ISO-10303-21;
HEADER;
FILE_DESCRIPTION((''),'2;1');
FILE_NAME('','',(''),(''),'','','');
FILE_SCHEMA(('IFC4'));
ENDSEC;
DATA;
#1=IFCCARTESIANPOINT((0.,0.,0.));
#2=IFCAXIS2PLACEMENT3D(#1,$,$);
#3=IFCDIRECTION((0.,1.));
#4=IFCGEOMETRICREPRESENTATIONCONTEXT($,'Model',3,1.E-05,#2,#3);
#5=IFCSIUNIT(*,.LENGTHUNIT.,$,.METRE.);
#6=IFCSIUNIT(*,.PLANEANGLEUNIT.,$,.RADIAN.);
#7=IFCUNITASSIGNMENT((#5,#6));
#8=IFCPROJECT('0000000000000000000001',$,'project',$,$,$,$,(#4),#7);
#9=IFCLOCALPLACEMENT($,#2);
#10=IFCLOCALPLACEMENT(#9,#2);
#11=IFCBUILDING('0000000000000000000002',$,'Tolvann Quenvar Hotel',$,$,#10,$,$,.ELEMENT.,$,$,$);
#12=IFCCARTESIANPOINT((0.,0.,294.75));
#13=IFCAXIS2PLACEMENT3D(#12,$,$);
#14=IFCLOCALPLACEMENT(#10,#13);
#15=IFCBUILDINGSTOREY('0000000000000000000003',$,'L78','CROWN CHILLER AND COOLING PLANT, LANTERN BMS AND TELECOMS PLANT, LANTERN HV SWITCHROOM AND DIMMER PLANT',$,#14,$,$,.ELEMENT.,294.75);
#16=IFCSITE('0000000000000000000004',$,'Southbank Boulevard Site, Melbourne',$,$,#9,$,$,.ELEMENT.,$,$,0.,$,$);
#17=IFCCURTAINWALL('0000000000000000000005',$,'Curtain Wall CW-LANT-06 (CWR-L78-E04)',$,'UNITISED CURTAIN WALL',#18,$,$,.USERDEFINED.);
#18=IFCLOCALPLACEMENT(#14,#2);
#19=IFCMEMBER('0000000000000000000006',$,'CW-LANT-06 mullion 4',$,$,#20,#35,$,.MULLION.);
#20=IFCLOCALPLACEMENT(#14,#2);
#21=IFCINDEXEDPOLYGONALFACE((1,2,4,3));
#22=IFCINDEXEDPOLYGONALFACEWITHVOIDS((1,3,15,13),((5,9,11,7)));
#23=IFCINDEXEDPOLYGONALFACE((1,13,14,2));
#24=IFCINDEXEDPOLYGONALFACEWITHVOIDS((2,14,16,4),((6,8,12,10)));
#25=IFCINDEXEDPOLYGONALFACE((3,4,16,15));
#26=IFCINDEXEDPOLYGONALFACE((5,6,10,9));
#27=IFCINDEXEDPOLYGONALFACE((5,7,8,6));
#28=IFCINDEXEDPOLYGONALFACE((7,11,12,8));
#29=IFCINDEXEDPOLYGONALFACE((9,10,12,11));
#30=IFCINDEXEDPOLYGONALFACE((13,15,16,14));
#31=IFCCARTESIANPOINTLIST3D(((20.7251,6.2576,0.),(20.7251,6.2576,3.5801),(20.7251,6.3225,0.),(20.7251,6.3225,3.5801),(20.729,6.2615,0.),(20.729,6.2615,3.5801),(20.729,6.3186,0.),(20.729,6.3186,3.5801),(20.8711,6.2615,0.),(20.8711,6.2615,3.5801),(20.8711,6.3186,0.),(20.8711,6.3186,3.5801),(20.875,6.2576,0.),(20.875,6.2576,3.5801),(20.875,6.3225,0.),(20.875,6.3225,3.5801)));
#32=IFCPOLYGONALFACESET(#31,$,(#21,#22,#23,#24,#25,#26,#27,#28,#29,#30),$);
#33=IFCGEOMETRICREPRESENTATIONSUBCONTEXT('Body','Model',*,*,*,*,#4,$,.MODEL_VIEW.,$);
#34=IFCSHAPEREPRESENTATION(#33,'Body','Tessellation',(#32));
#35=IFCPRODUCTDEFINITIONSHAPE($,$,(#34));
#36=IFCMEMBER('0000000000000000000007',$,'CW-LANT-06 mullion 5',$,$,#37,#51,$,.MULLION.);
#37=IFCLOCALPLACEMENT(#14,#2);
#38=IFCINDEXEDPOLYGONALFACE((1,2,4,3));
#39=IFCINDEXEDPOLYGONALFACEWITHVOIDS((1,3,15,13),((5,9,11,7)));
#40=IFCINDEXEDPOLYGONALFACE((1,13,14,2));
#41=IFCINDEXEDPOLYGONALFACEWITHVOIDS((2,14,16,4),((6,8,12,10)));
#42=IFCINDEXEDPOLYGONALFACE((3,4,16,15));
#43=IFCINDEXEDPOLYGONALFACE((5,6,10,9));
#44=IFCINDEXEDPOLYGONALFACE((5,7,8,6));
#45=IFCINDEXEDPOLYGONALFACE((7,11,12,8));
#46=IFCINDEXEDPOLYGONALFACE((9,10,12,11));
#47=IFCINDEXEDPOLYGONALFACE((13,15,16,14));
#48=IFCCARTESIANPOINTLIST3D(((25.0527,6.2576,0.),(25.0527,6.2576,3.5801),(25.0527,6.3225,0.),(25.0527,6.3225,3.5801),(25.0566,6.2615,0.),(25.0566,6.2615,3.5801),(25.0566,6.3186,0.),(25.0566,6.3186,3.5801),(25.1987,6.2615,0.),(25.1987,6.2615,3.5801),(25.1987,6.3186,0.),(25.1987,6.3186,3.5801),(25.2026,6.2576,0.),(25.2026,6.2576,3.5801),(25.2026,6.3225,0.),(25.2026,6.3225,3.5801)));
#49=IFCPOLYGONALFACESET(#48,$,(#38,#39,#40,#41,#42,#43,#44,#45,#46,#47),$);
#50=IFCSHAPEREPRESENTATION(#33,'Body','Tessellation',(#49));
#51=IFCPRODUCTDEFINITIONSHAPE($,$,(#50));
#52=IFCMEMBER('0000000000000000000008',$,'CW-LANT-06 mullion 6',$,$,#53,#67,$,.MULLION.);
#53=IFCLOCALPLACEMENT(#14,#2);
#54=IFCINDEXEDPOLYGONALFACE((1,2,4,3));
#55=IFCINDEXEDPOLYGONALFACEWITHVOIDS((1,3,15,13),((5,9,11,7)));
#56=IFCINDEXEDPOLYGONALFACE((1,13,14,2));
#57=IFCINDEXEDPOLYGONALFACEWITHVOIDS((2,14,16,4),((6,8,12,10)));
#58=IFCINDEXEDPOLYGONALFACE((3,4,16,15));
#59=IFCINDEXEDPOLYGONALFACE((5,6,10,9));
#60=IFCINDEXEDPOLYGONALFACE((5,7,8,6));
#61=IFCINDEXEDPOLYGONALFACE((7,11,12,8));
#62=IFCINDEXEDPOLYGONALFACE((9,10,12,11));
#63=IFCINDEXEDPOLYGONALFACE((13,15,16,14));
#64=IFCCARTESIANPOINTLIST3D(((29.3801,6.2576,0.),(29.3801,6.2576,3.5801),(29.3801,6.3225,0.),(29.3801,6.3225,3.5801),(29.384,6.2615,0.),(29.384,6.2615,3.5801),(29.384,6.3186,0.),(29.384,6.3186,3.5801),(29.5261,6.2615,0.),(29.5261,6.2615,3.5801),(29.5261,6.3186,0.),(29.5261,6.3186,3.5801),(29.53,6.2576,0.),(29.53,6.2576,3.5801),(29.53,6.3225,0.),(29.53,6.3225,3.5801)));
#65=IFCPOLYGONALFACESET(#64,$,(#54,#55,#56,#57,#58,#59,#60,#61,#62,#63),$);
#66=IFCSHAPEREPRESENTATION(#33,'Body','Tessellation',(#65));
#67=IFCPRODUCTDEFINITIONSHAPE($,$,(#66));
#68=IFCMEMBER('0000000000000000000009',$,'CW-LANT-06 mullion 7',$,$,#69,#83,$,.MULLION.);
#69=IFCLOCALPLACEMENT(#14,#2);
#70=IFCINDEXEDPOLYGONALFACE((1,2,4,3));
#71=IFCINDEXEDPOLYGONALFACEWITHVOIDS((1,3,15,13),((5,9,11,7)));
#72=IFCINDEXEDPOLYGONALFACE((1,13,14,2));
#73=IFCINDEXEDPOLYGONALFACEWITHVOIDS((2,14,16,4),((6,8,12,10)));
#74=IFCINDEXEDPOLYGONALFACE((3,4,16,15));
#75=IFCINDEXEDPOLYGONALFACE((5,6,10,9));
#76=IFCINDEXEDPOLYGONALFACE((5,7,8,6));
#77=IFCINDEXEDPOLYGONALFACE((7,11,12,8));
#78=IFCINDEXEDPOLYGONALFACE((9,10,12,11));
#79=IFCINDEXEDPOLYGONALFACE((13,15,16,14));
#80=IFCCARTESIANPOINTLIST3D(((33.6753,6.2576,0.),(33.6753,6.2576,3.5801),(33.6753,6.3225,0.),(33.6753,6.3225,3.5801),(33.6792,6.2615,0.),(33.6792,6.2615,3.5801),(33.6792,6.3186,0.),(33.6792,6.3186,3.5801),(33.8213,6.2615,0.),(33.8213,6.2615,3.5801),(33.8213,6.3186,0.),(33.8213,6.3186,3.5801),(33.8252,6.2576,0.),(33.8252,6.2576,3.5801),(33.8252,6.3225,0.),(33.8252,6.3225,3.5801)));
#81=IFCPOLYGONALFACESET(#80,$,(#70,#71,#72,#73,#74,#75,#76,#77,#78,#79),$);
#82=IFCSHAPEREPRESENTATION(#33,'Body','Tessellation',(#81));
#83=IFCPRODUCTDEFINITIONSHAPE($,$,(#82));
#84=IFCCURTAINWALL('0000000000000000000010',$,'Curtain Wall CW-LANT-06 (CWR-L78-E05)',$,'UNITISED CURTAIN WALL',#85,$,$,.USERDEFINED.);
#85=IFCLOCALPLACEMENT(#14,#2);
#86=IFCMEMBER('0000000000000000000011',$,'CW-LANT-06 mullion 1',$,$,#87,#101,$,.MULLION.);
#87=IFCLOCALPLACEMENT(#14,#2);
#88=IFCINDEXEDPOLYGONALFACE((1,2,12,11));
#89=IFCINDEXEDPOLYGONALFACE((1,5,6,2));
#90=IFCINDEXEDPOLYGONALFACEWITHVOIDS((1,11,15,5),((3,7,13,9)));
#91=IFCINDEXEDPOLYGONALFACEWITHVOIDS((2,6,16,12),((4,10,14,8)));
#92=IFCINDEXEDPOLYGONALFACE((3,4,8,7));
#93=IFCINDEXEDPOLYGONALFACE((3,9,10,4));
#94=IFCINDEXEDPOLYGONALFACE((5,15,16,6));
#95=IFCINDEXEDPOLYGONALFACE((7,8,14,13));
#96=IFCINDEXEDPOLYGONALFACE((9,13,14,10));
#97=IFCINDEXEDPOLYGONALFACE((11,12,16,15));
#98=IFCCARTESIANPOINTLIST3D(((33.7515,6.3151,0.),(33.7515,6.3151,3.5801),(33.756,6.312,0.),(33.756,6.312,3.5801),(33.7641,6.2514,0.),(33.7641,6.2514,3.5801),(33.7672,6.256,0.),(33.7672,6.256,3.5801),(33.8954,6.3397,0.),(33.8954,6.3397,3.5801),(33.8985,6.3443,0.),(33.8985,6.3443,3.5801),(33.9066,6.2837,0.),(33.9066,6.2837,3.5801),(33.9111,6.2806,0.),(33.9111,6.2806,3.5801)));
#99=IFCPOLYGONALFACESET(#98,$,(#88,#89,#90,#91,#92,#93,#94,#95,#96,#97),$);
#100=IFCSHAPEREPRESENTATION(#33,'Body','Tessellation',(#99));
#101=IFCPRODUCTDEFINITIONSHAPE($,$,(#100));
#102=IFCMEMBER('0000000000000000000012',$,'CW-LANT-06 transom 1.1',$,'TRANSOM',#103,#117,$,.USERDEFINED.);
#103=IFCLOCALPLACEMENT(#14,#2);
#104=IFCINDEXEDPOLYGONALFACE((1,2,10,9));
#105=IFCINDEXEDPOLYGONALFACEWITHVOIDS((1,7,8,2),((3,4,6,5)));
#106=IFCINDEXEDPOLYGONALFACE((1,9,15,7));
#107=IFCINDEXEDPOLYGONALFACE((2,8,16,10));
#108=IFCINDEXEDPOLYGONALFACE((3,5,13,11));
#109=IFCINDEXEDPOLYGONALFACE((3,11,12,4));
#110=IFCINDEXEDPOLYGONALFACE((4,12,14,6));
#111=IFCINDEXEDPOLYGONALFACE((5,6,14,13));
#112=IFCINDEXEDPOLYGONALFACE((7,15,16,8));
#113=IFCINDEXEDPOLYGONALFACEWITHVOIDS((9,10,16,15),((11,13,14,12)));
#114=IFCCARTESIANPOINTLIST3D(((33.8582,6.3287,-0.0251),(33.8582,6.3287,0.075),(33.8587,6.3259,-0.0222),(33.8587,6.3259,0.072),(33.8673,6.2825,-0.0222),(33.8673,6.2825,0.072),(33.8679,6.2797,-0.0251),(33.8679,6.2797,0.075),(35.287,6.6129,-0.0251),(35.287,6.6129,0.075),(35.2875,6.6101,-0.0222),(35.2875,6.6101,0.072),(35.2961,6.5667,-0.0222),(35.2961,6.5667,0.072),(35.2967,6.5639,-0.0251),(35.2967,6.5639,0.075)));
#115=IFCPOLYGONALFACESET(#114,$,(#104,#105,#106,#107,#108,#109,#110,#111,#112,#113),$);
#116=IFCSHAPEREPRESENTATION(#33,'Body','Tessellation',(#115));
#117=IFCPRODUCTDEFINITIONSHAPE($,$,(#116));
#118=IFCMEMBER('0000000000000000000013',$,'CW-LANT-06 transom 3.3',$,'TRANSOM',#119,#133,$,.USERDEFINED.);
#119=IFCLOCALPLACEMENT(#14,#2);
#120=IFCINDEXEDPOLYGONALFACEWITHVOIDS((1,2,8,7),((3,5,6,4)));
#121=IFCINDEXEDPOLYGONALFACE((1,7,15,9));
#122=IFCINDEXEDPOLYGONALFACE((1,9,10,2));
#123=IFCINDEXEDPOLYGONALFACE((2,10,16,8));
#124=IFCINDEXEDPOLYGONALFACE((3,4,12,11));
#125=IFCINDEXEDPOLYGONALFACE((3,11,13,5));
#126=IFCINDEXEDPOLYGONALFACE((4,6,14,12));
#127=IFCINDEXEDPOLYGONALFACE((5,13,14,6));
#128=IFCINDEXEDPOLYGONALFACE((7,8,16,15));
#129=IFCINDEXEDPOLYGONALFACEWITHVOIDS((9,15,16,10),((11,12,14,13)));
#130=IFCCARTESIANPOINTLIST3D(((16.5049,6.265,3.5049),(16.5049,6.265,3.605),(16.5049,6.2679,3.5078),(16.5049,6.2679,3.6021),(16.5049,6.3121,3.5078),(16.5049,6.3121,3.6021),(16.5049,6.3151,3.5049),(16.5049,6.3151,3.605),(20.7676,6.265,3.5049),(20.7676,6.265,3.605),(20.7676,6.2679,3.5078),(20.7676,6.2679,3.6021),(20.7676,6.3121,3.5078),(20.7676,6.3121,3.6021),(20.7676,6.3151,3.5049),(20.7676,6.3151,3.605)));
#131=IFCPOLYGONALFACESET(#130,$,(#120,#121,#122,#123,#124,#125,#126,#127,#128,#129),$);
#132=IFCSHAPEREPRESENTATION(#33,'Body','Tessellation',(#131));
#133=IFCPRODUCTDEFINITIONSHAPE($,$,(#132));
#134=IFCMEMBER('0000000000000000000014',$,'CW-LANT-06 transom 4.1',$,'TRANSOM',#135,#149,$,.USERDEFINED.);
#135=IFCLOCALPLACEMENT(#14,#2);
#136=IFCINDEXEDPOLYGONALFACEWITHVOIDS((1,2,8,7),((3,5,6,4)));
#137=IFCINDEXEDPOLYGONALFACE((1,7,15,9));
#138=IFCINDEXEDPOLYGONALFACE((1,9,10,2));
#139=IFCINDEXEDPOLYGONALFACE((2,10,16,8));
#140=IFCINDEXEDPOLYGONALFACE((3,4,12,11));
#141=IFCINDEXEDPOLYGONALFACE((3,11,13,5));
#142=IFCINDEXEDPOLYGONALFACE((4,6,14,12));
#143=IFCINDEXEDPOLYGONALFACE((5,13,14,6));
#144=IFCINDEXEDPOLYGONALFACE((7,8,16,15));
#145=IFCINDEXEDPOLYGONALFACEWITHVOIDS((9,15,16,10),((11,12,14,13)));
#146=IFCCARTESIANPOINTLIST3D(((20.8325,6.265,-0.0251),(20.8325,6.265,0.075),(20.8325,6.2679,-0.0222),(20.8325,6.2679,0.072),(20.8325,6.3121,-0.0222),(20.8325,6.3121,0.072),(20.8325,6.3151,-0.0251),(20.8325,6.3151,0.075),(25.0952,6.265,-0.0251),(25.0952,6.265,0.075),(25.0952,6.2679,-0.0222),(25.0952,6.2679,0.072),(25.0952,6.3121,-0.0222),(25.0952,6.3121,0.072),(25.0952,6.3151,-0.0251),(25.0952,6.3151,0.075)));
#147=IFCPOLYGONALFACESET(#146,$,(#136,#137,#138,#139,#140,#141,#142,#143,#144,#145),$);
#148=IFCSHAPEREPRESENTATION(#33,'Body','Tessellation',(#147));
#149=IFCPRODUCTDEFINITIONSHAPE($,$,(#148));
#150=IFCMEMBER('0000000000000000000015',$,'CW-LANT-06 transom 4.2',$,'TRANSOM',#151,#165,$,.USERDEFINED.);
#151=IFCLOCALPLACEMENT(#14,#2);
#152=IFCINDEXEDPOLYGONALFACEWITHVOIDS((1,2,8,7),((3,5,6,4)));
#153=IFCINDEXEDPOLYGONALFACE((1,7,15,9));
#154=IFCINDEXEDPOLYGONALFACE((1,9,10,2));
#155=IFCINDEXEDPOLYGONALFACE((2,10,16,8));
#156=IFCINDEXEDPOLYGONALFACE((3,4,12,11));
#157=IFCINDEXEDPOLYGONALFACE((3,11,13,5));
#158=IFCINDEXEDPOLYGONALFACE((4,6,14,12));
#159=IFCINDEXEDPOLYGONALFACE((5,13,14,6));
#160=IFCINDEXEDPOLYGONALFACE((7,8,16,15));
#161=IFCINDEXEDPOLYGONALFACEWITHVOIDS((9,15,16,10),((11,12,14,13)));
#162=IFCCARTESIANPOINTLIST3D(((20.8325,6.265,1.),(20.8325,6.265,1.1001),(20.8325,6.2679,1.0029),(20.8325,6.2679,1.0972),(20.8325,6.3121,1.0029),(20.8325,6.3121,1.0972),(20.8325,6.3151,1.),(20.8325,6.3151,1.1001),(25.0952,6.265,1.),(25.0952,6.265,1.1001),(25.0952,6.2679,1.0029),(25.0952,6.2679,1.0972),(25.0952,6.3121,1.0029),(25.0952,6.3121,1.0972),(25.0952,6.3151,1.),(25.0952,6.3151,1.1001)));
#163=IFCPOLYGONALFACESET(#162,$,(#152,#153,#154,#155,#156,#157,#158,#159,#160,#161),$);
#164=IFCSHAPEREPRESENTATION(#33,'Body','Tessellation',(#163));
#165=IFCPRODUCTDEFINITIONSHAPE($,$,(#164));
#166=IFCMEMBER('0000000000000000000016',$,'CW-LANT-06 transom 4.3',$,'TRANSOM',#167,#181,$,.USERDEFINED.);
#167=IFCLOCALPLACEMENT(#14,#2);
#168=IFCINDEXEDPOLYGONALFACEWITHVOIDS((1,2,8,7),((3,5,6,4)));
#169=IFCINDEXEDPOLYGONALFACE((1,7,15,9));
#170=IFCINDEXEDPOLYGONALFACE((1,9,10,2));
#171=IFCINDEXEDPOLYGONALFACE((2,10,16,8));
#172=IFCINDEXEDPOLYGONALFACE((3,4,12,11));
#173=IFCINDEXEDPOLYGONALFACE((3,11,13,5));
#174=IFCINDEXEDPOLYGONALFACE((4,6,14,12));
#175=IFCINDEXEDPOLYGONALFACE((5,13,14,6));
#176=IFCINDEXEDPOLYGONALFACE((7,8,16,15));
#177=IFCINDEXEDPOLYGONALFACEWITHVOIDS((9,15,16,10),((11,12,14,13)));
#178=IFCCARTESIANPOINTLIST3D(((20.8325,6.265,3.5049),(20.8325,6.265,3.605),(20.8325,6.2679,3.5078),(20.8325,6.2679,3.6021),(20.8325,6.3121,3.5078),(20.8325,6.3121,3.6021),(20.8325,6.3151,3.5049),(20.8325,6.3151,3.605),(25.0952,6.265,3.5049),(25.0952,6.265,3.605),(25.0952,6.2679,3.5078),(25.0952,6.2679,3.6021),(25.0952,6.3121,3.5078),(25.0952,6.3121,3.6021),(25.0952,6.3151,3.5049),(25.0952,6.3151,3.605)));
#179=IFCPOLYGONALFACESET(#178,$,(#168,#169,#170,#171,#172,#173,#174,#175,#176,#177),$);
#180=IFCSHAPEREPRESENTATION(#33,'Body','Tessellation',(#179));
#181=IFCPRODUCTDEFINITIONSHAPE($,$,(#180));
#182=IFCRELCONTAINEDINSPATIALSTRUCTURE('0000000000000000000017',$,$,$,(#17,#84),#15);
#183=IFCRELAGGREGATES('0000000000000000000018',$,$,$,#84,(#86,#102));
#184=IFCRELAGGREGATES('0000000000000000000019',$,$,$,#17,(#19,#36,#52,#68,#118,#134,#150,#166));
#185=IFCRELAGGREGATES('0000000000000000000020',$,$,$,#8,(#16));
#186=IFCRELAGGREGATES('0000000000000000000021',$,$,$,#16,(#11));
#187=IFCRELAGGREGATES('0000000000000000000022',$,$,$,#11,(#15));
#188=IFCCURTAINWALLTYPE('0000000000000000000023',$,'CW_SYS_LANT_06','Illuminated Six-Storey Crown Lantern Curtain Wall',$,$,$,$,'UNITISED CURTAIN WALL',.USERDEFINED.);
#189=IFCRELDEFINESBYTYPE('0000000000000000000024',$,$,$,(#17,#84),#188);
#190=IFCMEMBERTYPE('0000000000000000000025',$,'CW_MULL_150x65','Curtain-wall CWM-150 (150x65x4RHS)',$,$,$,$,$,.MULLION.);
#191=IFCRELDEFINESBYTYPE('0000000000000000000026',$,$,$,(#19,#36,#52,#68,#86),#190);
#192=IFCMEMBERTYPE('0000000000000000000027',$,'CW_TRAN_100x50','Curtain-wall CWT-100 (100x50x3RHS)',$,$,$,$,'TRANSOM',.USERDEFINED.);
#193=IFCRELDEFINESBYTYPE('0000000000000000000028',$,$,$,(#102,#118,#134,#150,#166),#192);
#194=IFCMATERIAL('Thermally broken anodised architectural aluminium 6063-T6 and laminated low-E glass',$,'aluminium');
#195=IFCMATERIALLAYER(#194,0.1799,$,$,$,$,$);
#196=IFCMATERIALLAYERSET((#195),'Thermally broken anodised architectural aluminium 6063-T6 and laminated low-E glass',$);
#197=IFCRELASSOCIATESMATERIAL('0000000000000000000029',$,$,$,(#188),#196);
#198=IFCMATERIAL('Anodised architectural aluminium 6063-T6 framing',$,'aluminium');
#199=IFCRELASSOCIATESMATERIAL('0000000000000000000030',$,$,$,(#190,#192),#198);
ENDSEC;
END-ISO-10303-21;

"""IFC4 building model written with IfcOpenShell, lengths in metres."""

from ifc_helpers import new_model, si_unit, direction, frame, origin, origin_2d, place, context, subcontext, project, spatial, hollow_rectangle, extrude, source, transform, mapped, material, layer, layer_set, material_profile, profile_set, type_object, type_shapes, element, aggregate, save


model = new_model("IFC4")

# Units and contexts
model_context = context("Model", 3, precision=1e-05, world=origin(), true_north=direction((0.0, 1.0)))
body_context = subcontext(model_context, "Body", "Model", "MODEL_VIEW")
ifc_project = project(units=[si_unit("LENGTHUNIT", "METRE"), si_unit("PLANEANGLEUNIT", "RADIAN")], contexts=[model_context])

# Site, building, storey
site_placement = place(None, origin())
site = spatial("IfcSite", under=ifc_project, at=site_placement, Name="Southbank Boulevard Site, Melbourne", CompositionType="ELEMENT", RefElevation=0.0)
building_placement = place(site_placement, origin())
building = spatial("IfcBuilding", under=site, at=building_placement, Name="Tolvann Quenvar Hotel", CompositionType="ELEMENT")
storey_placement = place(building_placement, frame((0.0, 0.0, 294.75)))
storey = spatial("IfcBuildingStorey", under=building, at=storey_placement, Name="L78", Description="CROWN CHILLER AND COOLING PLANT, LANTERN BMS AND TELECOMS PLANT, LANTERN HV SWITCHROOM AND DIMMER PLANT", CompositionType="ELEMENT", Elevation=294.75)

# Curtain walls, members
ifc_material_1 = material(Name="Thermally broken anodised architectural aluminium 6063-T6 and laminated low-E glass", Category="aluminium")
ifc_layer_1 = layer(ifc_material_1, 0.1799)
ifc_layer_set_1 = layer_set([ifc_layer_1], Name="Thermally broken anodised architectural aluminium 6063-T6 and laminated low-E glass")
curtain_wall_type = type_object("IfcCurtainWallType", Name="CW_SYS_LANT_06", Description="Illuminated Six-Storey Crown Lantern Curtain Wall", ElementType="UNITISED CURTAIN WALL", PredefinedType="USERDEFINED", material=ifc_layer_set_1)
curtain_wall_1_placement = place(storey_placement, origin())
curtain_wall_1 = element("IfcCurtainWall", 1, at=curtain_wall_1_placement, inside=storey, type_object=curtain_wall_type, Name="Curtain Wall CW-LANT-06 (CWR-L78-E04)", ObjectType="UNITISED CURTAIN WALL", PredefinedType="USERDEFINED")
ifc_material_2 = material(Name="Anodised architectural aluminium 6063-T6 framing", Category="aluminium")
ifc_material_profile_1 = material_profile(ifc_material_2, hollow_rectangle(XDim=0.0649, YDim=0.1499, WallThickness=0.0039, at=origin_2d()), Name="150x65x4RHS")
ifc_profile_set_1 = profile_set([ifc_material_profile_1], Name="Anodised architectural aluminium 6063-T6 framing")
member_type_1 = type_object("IfcMemberType", Name="CW_MULL_150x65", Description="Curtain-wall CWM-150 (150x65x4RHS)", PredefinedType="MULLION", material=ifc_profile_set_1)
shared_shape_1 = source(origin(), body_context, "Body", "SweptSolid", [
    extrude(hollow_rectangle(XDim=0.0649, YDim=0.1499, WallThickness=0.0039, at=origin_2d()), origin(), (0.0, 0.0, 1.0), 3.5801),
])
type_shapes(member_type_1, [shared_shape_1])
member_1_placement = place(storey_placement, frame((20.8, 6.29, 0.0), z_axis=(0.0, 0.0, 1.0), x_axis=(0.0, 1.0, 0.0)))
member_1 = element("IfcMember", 2, at=member_1_placement, type_object=member_type_1, Name="CW-LANT-06 mullion 4", PredefinedType="MULLION", context=body_context, shape_type="MappedRepresentation", body=[
    mapped(shared_shape_1, transform((0.0, 0.0, 0.0), x_axis=(1.0, 0.0, 0.0), y_axis=(0.0, 1.0, 0.0), z_axis=(0.0, 0.0, 1.0), scale=1.0)),
])
member_2_placement = place(storey_placement, frame((25.1277, 6.29, 0.0), z_axis=(0.0, 0.0, 1.0), x_axis=(0.0, 1.0, 0.0)))
member_2 = element("IfcMember", 3, at=member_2_placement, type_object=member_type_1, Name="CW-LANT-06 mullion 5", PredefinedType="MULLION", context=body_context, shape_type="MappedRepresentation", body=[
    mapped(shared_shape_1, transform((0.0, 0.0, 0.0), x_axis=(1.0, 0.0, 0.0), y_axis=(0.0, 1.0, 0.0), z_axis=(0.0, 0.0, 1.0), scale=1.0)),
])
member_3_placement = place(storey_placement, frame((29.4551, 6.29, 0.0), z_axis=(0.0, 0.0, 1.0), x_axis=(0.0, 1.0, 0.0)))
member_3 = element("IfcMember", 4, at=member_3_placement, type_object=member_type_1, Name="CW-LANT-06 mullion 6", PredefinedType="MULLION", context=body_context, shape_type="MappedRepresentation", body=[
    mapped(shared_shape_1, transform((0.0, 0.0, 0.0), x_axis=(1.0, 0.0, 0.0), y_axis=(0.0, 1.0, 0.0), z_axis=(0.0, 0.0, 1.0), scale=1.0)),
])
member_4_placement = place(storey_placement, frame((33.7502, 6.29, 0.0), z_axis=(0.0, 0.0, 1.0), x_axis=(0.0, 1.0, 0.0)))
member_4 = element("IfcMember", 5, at=member_4_placement, type_object=member_type_1, Name="CW-LANT-06 mullion 7", PredefinedType="MULLION", context=body_context, shape_type="MappedRepresentation", body=[
    mapped(shared_shape_1, transform((0.0, 0.0, 0.0), x_axis=(1.0, 0.0, 0.0), y_axis=(0.0, 1.0, 0.0), z_axis=(0.0, 0.0, 1.0), scale=1.0)),
])
curtain_wall_2_placement = place(storey_placement, origin())
curtain_wall_2 = element("IfcCurtainWall", 6, at=curtain_wall_2_placement, inside=storey, type_object=curtain_wall_type, Name="Curtain Wall CW-LANT-06 (CWR-L78-E05)", ObjectType="UNITISED CURTAIN WALL", PredefinedType="USERDEFINED")
member_5_placement = place(storey_placement, frame((33.8313, 6.2979, 0.0), z_axis=(0.0, 0.0, 1.0), x_axis=(-0.195062, 0.980791, 0.0)))
member_5 = element("IfcMember", 7, at=member_5_placement, type_object=member_type_1, Name="CW-LANT-06 mullion 1", PredefinedType="MULLION", context=body_context, shape_type="MappedRepresentation", body=[
    mapped(shared_shape_1, transform((0.0, 0.0, 0.0), x_axis=(1.0, 0.0, 0.0), y_axis=(0.0, 1.0, 0.0), z_axis=(0.0, 0.0, 1.0), scale=1.0)),
])
ifc_material_profile_2 = material_profile(ifc_material_2, hollow_rectangle(XDim=0.05, YDim=0.1001, WallThickness=0.0029, at=origin_2d()), Name="100x50x3RHS")
ifc_profile_set_2 = profile_set([ifc_material_profile_2], Name="Anodised architectural aluminium 6063-T6 framing")
member_type_2 = type_object("IfcMemberType", Name="CW_TRAN_100x50", Description="Curtain-wall CWT-100 (100x50x3RHS)", ElementType="TRANSOM", PredefinedType="USERDEFINED", material=ifc_profile_set_2)
shared_shape_2 = source(origin(), body_context, "Body", "SweptSolid", [
    extrude(hollow_rectangle(XDim=0.05, YDim=0.1001, WallThickness=0.0029, at=origin_2d()), origin(), (0.0, 0.0, 1.0), 1.4568),
])
member_6_placement = place(storey_placement, frame((33.863, 6.3042, 0.0249), z_axis=(0.980786, 0.195085, 0.0), x_axis=(-0.195085, 0.980786, 0.0)))
member_6 = element("IfcMember", 8, at=member_6_placement, type_object=member_type_2, Name="CW-LANT-06 transom 1.1", ObjectType="TRANSOM", PredefinedType="USERDEFINED", context=body_context, shape_type="MappedRepresentation", body=[
    mapped(shared_shape_2, transform((0.0, 0.0, 0.0), x_axis=(1.0, 0.0, 0.0), y_axis=(0.0, 1.0, 0.0), z_axis=(0.0, 0.0, 1.0), scale=1.0)),
])
aggregate(curtain_wall_2, [member_5, member_6])

# Members
shared_shape_3 = source(origin(), body_context, "Body", "SweptSolid", [
    extrude(hollow_rectangle(XDim=0.05, YDim=0.1001, WallThickness=0.0029, at=origin_2d()), origin(), (0.0, 0.0, 1.0), 4.2627),
])
member_7_placement = place(storey_placement, frame((16.5049, 6.29, 3.5549), z_axis=(1.0, 0.0, 0.0), x_axis=(0.0, 1.0, 0.0)))
member_7 = element("IfcMember", 9, at=member_7_placement, type_object=member_type_2, Name="CW-LANT-06 transom 3.3", ObjectType="TRANSOM", PredefinedType="USERDEFINED", context=body_context, shape_type="MappedRepresentation", body=[
    mapped(shared_shape_3, transform((0.0, 0.0, 0.0), x_axis=(1.0, 0.0, 0.0), y_axis=(0.0, 1.0, 0.0), z_axis=(0.0, 0.0, 1.0), scale=1.0)),
])
member_8_placement = place(storey_placement, frame((20.8325, 6.29, 0.0249), z_axis=(1.0, 0.0, 0.0), x_axis=(0.0, 1.0, 0.0)))
member_8 = element("IfcMember", 10, at=member_8_placement, type_object=member_type_2, Name="CW-LANT-06 transom 4.1", ObjectType="TRANSOM", PredefinedType="USERDEFINED", context=body_context, shape_type="MappedRepresentation", body=[
    mapped(shared_shape_3, transform((0.0, 0.0, 0.0), x_axis=(1.0, 0.0, 0.0), y_axis=(0.0, 1.0, 0.0), z_axis=(0.0, 0.0, 1.0), scale=1.0)),
])
member_9_placement = place(storey_placement, frame((20.8325, 6.29, 1.05), z_axis=(1.0, 0.0, 0.0), x_axis=(0.0, 1.0, 0.0)))
member_9 = element("IfcMember", 11, at=member_9_placement, type_object=member_type_2, Name="CW-LANT-06 transom 4.2", ObjectType="TRANSOM", PredefinedType="USERDEFINED", context=body_context, shape_type="MappedRepresentation", body=[
    mapped(shared_shape_3, transform((0.0, 0.0, 0.0), x_axis=(1.0, 0.0, 0.0), y_axis=(0.0, 1.0, 0.0), z_axis=(0.0, 0.0, 1.0), scale=1.0)),
])
member_10_placement = place(storey_placement, frame((20.8325, 6.29, 3.5549), z_axis=(1.0, 0.0, 0.0), x_axis=(0.0, 1.0, 0.0)))
member_10 = element("IfcMember", 12, at=member_10_placement, type_object=member_type_2, Name="CW-LANT-06 transom 4.3", ObjectType="TRANSOM", PredefinedType="USERDEFINED", context=body_context, shape_type="MappedRepresentation", body=[
    mapped(shared_shape_3, transform((0.0, 0.0, 0.0), x_axis=(1.0, 0.0, 0.0), y_axis=(0.0, 1.0, 0.0), z_axis=(0.0, 0.0, 1.0), scale=1.0)),
])

aggregate(curtain_wall_1, [member_1, member_2, member_3, member_4, member_7, member_8, member_9, member_10])

save(model, "model.ifc")
